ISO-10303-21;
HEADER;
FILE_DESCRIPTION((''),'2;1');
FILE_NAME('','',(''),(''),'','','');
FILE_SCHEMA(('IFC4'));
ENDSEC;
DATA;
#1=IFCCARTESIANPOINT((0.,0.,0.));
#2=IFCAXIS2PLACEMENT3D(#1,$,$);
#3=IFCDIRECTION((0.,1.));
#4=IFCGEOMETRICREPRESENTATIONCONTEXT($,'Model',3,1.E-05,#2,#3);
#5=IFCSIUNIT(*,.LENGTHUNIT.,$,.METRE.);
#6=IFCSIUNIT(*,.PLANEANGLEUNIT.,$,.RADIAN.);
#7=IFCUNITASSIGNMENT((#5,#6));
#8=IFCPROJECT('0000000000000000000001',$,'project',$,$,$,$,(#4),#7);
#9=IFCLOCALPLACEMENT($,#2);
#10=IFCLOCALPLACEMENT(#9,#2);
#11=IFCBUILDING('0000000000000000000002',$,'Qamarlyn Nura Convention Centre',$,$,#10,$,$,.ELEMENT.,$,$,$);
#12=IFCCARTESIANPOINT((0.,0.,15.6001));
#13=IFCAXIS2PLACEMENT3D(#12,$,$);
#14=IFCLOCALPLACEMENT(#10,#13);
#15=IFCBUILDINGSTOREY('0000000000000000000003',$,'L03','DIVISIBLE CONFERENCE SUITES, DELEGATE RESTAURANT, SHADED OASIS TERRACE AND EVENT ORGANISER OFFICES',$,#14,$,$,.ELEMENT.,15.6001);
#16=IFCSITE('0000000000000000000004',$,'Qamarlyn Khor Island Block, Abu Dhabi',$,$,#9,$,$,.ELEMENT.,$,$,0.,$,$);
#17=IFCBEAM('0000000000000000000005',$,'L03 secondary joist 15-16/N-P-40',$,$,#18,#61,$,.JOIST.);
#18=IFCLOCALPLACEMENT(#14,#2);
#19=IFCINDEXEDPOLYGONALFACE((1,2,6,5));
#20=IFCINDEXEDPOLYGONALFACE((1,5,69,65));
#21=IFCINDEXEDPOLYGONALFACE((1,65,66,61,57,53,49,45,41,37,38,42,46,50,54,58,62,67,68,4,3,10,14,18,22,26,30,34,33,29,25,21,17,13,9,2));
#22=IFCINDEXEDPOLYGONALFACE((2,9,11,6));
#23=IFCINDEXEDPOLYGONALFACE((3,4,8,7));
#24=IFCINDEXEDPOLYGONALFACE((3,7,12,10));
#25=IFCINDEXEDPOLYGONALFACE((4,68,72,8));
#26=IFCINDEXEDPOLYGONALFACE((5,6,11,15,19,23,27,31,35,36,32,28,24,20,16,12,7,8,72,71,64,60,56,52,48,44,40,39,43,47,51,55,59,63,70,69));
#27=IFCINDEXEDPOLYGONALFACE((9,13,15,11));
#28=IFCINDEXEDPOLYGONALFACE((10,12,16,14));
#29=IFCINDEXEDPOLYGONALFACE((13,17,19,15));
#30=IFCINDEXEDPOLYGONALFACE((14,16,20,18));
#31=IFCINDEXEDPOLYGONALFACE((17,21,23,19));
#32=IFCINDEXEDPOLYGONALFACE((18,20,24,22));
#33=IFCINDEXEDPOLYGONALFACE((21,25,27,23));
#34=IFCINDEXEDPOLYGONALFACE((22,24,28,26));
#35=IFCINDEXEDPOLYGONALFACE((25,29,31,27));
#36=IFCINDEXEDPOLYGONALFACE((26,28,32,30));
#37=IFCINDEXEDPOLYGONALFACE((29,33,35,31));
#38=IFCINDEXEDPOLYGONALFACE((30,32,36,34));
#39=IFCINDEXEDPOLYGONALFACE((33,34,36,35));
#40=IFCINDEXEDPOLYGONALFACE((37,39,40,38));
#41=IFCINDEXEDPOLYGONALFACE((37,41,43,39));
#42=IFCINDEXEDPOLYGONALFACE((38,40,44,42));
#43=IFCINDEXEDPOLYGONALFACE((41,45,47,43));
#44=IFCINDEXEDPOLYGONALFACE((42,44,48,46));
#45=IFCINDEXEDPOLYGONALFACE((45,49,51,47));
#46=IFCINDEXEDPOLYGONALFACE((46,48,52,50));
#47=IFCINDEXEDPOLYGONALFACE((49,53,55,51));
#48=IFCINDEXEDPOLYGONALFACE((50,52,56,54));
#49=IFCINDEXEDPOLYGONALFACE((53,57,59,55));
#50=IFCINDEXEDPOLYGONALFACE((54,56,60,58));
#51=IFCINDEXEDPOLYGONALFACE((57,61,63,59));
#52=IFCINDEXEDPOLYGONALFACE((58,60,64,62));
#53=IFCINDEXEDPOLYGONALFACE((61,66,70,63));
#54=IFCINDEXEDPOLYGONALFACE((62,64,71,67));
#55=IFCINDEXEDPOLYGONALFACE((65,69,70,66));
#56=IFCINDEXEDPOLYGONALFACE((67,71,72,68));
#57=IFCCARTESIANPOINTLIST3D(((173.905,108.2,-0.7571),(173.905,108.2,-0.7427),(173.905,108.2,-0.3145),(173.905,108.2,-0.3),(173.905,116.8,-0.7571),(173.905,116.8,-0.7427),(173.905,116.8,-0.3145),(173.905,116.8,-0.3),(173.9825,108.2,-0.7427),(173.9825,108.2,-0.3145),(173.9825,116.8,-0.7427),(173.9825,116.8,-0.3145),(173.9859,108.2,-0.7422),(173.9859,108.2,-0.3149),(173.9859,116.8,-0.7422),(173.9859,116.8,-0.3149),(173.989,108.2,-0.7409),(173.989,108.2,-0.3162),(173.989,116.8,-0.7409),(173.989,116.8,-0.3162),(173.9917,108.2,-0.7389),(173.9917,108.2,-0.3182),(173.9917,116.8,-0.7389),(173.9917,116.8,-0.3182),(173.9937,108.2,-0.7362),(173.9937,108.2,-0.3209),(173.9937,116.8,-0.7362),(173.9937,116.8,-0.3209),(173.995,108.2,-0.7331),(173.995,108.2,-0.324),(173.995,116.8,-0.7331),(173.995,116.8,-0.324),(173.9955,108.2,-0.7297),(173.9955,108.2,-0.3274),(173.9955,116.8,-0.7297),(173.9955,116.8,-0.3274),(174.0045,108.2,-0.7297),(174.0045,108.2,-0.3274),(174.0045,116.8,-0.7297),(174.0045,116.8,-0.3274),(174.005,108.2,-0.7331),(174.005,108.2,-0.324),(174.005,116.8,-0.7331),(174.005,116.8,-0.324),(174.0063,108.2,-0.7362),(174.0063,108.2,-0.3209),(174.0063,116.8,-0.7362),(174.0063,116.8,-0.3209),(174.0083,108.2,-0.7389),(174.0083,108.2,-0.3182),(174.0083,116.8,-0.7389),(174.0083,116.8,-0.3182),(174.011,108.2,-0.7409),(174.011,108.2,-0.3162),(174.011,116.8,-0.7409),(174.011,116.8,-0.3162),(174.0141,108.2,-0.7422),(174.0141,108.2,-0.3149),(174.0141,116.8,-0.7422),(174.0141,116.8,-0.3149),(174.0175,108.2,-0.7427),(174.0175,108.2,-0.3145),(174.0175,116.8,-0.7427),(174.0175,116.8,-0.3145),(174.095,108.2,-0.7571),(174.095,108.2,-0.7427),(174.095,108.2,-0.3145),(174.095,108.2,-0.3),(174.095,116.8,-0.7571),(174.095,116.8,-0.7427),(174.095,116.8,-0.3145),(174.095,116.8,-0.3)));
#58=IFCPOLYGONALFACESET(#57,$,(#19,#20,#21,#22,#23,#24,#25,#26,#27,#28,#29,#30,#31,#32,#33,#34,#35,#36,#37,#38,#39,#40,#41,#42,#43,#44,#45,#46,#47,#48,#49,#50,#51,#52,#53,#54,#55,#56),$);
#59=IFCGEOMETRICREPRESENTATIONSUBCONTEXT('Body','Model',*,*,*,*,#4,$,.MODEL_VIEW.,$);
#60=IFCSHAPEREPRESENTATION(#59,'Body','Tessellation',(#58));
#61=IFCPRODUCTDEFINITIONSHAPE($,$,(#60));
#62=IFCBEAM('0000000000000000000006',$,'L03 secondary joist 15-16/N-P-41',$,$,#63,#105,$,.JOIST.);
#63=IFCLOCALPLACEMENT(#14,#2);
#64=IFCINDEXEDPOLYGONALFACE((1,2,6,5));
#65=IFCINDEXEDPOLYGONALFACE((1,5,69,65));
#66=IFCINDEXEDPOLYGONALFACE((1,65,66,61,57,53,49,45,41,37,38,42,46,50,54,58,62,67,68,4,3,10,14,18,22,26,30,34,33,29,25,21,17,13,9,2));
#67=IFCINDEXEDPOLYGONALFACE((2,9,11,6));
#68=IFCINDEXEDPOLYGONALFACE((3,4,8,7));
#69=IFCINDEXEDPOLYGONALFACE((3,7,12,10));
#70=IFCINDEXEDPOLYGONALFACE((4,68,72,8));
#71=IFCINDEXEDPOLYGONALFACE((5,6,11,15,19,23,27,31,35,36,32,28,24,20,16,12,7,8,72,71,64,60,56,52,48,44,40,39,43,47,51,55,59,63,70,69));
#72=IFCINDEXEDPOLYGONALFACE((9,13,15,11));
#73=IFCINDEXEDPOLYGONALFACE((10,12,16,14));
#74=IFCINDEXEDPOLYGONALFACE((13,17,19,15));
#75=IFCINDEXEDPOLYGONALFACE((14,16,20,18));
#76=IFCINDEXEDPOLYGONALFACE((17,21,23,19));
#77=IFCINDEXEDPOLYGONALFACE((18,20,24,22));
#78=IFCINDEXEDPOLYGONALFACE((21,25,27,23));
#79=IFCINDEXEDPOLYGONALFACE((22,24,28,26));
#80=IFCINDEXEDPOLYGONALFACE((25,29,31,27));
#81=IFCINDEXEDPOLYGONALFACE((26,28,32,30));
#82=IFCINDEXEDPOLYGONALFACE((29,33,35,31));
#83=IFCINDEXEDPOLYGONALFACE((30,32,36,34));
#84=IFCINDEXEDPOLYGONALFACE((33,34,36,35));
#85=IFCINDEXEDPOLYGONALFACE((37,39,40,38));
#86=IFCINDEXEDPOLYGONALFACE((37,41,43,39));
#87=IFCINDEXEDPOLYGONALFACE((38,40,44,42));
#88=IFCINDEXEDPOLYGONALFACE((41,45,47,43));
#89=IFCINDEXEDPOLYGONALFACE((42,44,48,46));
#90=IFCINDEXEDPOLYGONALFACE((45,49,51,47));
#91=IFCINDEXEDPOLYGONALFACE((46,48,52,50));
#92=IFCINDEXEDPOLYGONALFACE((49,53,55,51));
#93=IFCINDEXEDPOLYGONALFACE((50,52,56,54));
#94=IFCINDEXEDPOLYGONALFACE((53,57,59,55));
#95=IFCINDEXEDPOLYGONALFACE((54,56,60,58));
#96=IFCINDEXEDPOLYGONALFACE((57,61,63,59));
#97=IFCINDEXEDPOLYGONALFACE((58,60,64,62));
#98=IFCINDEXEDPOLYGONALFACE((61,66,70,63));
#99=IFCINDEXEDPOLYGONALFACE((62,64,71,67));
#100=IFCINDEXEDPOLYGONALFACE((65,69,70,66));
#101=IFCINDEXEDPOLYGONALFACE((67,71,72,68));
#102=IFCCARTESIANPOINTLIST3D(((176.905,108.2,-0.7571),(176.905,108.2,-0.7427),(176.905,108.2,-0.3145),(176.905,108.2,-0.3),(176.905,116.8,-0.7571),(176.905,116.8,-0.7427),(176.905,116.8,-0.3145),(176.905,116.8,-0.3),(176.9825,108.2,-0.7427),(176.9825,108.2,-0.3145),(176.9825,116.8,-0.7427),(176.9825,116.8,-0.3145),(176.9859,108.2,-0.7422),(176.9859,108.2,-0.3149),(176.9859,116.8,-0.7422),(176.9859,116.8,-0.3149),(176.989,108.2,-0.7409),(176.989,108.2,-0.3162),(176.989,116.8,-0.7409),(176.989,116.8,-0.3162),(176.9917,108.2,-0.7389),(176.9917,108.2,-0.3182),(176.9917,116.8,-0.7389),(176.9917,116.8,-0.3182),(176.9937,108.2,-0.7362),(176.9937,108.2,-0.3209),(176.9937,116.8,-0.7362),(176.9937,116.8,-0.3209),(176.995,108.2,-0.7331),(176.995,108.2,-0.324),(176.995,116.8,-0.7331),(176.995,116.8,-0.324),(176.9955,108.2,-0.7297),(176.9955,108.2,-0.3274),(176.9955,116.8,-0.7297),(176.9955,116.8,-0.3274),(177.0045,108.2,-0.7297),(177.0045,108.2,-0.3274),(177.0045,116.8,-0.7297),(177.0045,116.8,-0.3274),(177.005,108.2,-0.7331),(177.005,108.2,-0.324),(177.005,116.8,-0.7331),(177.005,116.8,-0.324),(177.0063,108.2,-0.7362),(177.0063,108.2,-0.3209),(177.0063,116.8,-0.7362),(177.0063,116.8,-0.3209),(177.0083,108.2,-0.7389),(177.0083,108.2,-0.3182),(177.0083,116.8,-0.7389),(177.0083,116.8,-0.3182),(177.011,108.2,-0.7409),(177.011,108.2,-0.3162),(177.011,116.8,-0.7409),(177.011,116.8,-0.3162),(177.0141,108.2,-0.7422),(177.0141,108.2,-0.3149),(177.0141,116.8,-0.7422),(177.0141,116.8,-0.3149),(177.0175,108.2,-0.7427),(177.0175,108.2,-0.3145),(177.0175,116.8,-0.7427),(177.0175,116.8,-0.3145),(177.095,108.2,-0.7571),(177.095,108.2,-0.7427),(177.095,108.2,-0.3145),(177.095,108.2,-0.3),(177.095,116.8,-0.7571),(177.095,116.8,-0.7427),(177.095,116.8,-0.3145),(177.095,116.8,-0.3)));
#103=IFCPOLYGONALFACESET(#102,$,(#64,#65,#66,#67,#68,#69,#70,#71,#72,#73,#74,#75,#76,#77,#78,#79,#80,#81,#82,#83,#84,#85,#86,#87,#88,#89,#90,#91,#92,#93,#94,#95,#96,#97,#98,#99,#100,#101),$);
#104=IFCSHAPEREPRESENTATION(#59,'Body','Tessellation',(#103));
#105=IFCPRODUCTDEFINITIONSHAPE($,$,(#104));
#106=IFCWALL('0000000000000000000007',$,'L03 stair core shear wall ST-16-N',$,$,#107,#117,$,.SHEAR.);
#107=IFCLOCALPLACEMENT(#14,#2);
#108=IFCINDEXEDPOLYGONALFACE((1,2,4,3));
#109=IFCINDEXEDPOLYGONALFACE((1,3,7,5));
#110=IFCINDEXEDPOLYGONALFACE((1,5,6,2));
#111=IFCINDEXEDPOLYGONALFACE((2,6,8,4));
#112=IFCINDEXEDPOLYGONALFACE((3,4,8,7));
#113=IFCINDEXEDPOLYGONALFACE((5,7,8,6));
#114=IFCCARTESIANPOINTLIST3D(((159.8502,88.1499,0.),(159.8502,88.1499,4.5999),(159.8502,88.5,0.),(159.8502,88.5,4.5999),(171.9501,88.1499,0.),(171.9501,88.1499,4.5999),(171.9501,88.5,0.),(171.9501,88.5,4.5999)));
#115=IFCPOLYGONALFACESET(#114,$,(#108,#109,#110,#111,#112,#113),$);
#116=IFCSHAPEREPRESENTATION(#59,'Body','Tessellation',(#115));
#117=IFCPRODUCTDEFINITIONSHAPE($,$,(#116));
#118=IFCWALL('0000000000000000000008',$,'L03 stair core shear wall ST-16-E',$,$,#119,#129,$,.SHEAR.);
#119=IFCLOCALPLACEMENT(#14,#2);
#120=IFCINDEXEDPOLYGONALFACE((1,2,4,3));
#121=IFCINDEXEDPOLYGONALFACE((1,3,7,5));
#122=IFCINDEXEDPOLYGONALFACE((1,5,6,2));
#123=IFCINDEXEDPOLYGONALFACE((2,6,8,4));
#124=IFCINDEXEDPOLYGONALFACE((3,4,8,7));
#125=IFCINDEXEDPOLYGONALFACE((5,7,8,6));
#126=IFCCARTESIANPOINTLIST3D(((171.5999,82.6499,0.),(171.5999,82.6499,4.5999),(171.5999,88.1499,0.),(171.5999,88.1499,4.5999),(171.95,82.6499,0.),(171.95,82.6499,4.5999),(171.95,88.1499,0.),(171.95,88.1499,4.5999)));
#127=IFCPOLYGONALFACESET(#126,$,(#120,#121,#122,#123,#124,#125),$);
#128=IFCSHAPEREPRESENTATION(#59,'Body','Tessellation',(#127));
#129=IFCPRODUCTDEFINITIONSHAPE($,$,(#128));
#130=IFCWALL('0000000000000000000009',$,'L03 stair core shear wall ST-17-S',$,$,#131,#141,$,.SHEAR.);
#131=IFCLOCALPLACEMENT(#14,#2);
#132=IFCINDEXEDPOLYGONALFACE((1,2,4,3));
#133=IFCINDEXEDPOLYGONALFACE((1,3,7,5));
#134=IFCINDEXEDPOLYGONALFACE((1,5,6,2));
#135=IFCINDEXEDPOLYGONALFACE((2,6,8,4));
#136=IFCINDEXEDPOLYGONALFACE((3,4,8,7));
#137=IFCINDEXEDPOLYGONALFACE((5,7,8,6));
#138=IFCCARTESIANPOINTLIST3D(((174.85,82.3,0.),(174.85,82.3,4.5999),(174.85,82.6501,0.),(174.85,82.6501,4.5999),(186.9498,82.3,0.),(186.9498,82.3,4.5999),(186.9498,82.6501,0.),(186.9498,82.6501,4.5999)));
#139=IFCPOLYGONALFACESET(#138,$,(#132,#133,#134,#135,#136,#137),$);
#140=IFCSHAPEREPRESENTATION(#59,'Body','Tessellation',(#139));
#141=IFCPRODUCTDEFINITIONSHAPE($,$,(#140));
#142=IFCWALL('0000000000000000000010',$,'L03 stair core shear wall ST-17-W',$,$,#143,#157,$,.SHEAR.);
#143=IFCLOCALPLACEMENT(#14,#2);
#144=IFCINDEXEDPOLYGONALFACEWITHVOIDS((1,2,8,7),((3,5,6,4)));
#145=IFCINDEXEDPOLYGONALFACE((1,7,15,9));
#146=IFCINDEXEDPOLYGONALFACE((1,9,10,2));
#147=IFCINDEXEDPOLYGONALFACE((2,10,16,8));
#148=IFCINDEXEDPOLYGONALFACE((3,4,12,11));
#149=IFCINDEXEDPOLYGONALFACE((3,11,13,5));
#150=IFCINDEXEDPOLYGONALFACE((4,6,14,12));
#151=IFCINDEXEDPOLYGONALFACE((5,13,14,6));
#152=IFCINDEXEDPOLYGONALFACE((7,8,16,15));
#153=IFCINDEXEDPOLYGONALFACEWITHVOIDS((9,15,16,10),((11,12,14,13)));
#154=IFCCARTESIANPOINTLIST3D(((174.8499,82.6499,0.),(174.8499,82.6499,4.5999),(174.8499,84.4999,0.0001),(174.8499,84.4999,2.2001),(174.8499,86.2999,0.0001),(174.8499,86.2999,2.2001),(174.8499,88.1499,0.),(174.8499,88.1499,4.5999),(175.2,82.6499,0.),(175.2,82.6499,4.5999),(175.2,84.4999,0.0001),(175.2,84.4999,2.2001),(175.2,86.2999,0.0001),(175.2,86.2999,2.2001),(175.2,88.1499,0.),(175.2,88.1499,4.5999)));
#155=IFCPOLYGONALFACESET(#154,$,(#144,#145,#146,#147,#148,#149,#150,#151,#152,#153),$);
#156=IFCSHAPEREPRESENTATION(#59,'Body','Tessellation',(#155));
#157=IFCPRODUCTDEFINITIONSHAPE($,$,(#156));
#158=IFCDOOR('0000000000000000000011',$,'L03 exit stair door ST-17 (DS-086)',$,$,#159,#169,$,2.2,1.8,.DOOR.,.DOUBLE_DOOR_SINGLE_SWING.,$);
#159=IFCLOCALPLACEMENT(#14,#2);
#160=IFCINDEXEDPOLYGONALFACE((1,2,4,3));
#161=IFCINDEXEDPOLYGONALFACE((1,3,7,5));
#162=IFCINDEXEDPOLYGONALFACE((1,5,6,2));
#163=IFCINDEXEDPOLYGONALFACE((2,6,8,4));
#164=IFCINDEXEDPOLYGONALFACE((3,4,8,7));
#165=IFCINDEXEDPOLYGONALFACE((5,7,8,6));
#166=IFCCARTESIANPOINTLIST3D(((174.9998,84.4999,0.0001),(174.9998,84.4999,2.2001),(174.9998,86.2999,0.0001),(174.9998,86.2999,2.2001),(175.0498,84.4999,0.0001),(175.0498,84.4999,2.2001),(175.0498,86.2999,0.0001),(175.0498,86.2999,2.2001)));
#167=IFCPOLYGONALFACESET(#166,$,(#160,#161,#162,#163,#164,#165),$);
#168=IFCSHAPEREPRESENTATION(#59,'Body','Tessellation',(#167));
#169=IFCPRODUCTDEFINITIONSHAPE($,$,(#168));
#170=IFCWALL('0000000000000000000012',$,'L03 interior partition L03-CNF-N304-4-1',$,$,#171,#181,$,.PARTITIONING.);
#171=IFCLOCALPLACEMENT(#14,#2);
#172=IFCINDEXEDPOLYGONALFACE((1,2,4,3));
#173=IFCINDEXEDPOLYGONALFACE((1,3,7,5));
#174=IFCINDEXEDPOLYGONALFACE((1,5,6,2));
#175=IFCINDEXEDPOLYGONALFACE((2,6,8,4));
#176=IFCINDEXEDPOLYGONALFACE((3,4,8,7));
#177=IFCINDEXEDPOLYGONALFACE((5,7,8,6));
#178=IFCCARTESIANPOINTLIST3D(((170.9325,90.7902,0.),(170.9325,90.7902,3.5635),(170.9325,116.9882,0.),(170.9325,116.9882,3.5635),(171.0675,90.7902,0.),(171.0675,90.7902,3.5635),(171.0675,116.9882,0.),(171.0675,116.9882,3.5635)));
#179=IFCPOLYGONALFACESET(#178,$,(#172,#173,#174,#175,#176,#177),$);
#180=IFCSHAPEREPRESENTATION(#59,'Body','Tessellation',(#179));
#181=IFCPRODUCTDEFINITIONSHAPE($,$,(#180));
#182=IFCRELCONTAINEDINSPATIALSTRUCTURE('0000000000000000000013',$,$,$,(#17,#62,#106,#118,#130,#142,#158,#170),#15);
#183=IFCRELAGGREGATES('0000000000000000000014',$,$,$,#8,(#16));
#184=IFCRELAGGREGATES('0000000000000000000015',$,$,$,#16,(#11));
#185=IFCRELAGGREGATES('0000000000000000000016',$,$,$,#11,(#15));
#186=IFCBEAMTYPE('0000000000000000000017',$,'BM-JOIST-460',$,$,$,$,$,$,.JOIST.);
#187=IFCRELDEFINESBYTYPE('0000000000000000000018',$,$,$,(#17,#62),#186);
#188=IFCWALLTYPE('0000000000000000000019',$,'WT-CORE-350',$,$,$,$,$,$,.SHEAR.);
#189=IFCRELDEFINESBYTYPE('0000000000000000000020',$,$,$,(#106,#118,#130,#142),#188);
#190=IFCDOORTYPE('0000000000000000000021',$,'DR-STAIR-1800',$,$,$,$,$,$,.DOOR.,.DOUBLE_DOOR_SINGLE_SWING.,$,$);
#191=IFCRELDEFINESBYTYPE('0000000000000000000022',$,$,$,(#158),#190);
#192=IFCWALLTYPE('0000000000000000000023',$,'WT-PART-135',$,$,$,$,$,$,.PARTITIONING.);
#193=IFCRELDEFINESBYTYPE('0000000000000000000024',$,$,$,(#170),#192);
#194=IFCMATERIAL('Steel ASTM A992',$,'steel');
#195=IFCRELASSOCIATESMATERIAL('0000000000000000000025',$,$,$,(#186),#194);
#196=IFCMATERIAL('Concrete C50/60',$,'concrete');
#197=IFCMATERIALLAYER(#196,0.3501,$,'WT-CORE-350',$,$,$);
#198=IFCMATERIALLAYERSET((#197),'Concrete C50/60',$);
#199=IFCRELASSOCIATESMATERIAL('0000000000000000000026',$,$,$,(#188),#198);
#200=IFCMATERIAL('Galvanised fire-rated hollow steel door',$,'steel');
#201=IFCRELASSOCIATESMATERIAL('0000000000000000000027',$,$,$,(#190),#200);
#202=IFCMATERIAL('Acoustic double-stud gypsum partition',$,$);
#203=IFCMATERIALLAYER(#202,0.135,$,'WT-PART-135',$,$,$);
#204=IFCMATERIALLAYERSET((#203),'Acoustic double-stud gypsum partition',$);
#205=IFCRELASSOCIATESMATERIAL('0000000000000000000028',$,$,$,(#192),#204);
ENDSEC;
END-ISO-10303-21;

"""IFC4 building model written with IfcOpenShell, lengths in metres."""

from ifc_helpers import new_model, si_unit, direction, frame, frame_2d, origin, origin_2d, place, context, subcontext, project, spatial, rectangle, i_section, extrude, material, layer, layer_set, material_profile, profile_set, type_object, element, fill, save


model = new_model("IFC4")

# Units and contexts
model_context = context("Model", 3, precision=1e-05, world=origin(), true_north=direction((0.0, 1.0)))
body_context = subcontext(model_context, "Body", "Model", "MODEL_VIEW")
ifc_project = project(units=[si_unit("LENGTHUNIT", "METRE"), si_unit("PLANEANGLEUNIT", "RADIAN")], contexts=[model_context])

# Site, building, storey
site_placement = place(None, origin())
site = spatial("IfcSite", under=ifc_project, at=site_placement, Name="Qamarlyn Khor Island Block, Abu Dhabi", CompositionType="ELEMENT", RefElevation=0.0)
building_placement = place(site_placement, origin())
building = spatial("IfcBuilding", under=site, at=building_placement, Name="Qamarlyn Nura Convention Centre", CompositionType="ELEMENT")
storey_placement = place(building_placement, frame((0.0, 0.0, 15.6001)))
storey = spatial("IfcBuildingStorey", under=building, at=storey_placement, Name="L03", Description="DIVISIBLE CONFERENCE SUITES, DELEGATE RESTAURANT, SHADED OASIS TERRACE AND EVENT ORGANISER OFFICES", CompositionType="ELEMENT", Elevation=15.6001)

# Shared definitions
ifc_material_1 = material(Name="Steel ASTM A992", Category="steel")

# Beams
ifc_material_profile_1 = material_profile(ifc_material_1, i_section(OverallWidth=0.1899, OverallDepth=0.457, WebThickness=0.009, FlangeThickness=0.0144, FilletRadius=0.0129, at=origin_2d()), Name="W460X74")
ifc_profile_set_1 = profile_set([ifc_material_profile_1], Name="Steel ASTM A992")
beam_type_1 = type_object("IfcBeamType", Name="BM-JOIST-460", PredefinedType="JOIST", material=ifc_profile_set_1)
for number, where, z_axis, x_axis, name in (
    (1, (174.0, 108.2, -0.5286), (0.0, 1.0, 0.0), (-1.0, 0.0, 0.0), "L03 secondary joist 15-16/N-P-40"),
    (2, (177.0, 108.2, -0.5286), (0.0, 1.0, 0.0), (-1.0, 0.0, 0.0), "L03 secondary joist 15-16/N-P-41"),
):
    element("IfcBeam", number, at=place(storey_placement, frame(where, z_axis=z_axis, x_axis=x_axis)), inside=storey, type_object=beam_type_1, Name=name, PredefinedType="JOIST", context=body_context, shape_type="SweptSolid", body=[
        extrude(i_section(OverallWidth=0.1899, OverallDepth=0.457, WebThickness=0.009, FlangeThickness=0.0144, FilletRadius=0.0129, at=origin_2d()), origin(), (0.0, 0.0, 1.0), 8.6001),
    ])

# Walls
ifc_material_2 = material(Name="Concrete C50/60", Category="concrete")
ifc_layer_1 = layer(ifc_material_2, 0.3501, Name="WT-CORE-350")
ifc_layer_set_1 = layer_set([ifc_layer_1], Name="Concrete C50/60")
wall_type_1 = type_object("IfcWallType", Name="WT-CORE-350", PredefinedType="SHEAR", material=ifc_layer_set_1)
wall_1_placement = place(storey_placement, frame((171.95, 88.325, 0.0), z_axis=(0.0, 0.0, 1.0), x_axis=(-1.0, 0.0, 0.0)))
element("IfcWall", 3, at=wall_1_placement, inside=storey, type_object=wall_type_1, Name="L03 stair core shear wall ST-16-N", PredefinedType="SHEAR", context=body_context, shape_type="SweptSolid", body=[
    extrude(rectangle(XDim=12.0999, YDim=0.3501, at=frame_2d((6.0498, 0.0))), origin(), (0.0, 0.0, 1.0), 4.5999),
])
wall_2_placement = place(storey_placement, frame((171.7749, 82.6499, 0.0), z_axis=(0.0, 0.0, 1.0), x_axis=(0.0, 1.0, 0.0)))
element("IfcWall", 4, at=wall_2_placement, inside=storey, type_object=wall_type_1, Name="L03 stair core shear wall ST-16-E", PredefinedType="SHEAR", context=body_context, shape_type="SweptSolid", body=[
    extrude(rectangle(XDim=5.5, YDim=0.3501, at=frame_2d((2.75, 0.0))), origin(), (0.0, 0.0, 1.0), 4.5999),
])
wall_3_placement = place(storey_placement, frame((174.8501, 82.4751, 0.0), z_axis=(0.0, 0.0, 1.0), x_axis=(1.0, 0.0, 0.0)))
element("IfcWall", 5, at=wall_3_placement, inside=storey, type_object=wall_type_1, Name="L03 stair core shear wall ST-17-S", PredefinedType="SHEAR", context=body_context, shape_type="SweptSolid", body=[
    extrude(rectangle(XDim=12.0999, YDim=0.3501, at=frame_2d((6.0498, 0.0))), origin(), (0.0, 0.0, 1.0), 4.5999),
])

# Wall, opening, door
wall_4_placement = place(storey_placement, frame((175.0249, 88.1499, 0.0), z_axis=(0.0, 0.0, 1.0), x_axis=(0.0, -1.0, 0.0)))
wall_4 = element("IfcWall", 6, at=wall_4_placement, inside=storey, type_object=wall_type_1, Name="L03 stair core shear wall ST-17-W", PredefinedType="SHEAR", context=body_context, shape_type="SweptSolid", body=[
    extrude(rectangle(XDim=5.5, YDim=0.3501, at=frame_2d((2.75, 0.0))), origin(), (0.0, 0.0, 1.0), 4.5999),
])
opening_placement = place(wall_4_placement, frame((1.8501, 0.0, 0.0)))
opening = element("IfcOpeningElement", 7, at=opening_placement, cuts=wall_4, PredefinedType="OPENING", context=body_context, shape_type="SweptSolid", body=[
    extrude(rectangle(XDim=1.8, YDim=2.2, at=frame_2d((0.8999, 1.1001))), frame((0.0, 0.1851, 0.0), z_axis=(0.0, -1.0, 0.0), x_axis=(1.0, 0.0, 0.0)), (0.0, 0.0, 1.0), 0.3701),
])
ifc_material_3 = material(Name="Galvanised fire-rated hollow steel door", Category="steel")
door_type = type_object("IfcDoorType", Name="DR-STAIR-1800", OperationType="DOUBLE_DOOR_SINGLE_SWING", PredefinedType="DOOR", material=ifc_material_3)
door_placement = place(opening_placement, origin())
door = element("IfcDoor", 8, at=door_placement, inside=storey, type_object=door_type, Name="L03 exit stair door ST-17 (DS-086)", OperationType="DOUBLE_DOOR_SINGLE_SWING", OverallHeight=2.2, OverallWidth=1.8, PredefinedType="DOOR", context=body_context, shape_type="SweptSolid", body=[
    extrude(rectangle(XDim=1.8, YDim=2.2, at=frame_2d((0.8999, 1.1001))), frame((0.0, 0.0249, 0.0), z_axis=(0.0, -1.0, 0.0), x_axis=(1.0, 0.0, 0.0)), (0.0, 0.0, 1.0), 0.05),
])
fill(opening, door)

# Wall
ifc_material_4 = material(Name="Acoustic double-stud gypsum partition")
ifc_layer_2 = layer(ifc_material_4, 0.135, Name="WT-PART-135")
ifc_layer_set_2 = layer_set([ifc_layer_2], Name="Acoustic double-stud gypsum partition")
wall_type_2 = type_object("IfcWallType", Name="WT-PART-135", PredefinedType="PARTITIONING", material=ifc_layer_set_2)
wall_5_placement = place(storey_placement, frame((171.0, 90.79, 0.0), z_axis=(0.0, 0.0, 1.0), x_axis=(0.0, 1.0, 0.0)))
element("IfcWall", 9, at=wall_5_placement, inside=storey, type_object=wall_type_2, Name="L03 interior partition L03-CNF-N304-4-1", PredefinedType="PARTITIONING", context=body_context, shape_type="SweptSolid", body=[
    extrude(rectangle(XDim=26.198, YDim=0.135, at=frame_2d((13.0991, 0.0))), origin(), (0.0, 0.0, 1.0), 3.5635),
])

save(model, "model.ifc")
